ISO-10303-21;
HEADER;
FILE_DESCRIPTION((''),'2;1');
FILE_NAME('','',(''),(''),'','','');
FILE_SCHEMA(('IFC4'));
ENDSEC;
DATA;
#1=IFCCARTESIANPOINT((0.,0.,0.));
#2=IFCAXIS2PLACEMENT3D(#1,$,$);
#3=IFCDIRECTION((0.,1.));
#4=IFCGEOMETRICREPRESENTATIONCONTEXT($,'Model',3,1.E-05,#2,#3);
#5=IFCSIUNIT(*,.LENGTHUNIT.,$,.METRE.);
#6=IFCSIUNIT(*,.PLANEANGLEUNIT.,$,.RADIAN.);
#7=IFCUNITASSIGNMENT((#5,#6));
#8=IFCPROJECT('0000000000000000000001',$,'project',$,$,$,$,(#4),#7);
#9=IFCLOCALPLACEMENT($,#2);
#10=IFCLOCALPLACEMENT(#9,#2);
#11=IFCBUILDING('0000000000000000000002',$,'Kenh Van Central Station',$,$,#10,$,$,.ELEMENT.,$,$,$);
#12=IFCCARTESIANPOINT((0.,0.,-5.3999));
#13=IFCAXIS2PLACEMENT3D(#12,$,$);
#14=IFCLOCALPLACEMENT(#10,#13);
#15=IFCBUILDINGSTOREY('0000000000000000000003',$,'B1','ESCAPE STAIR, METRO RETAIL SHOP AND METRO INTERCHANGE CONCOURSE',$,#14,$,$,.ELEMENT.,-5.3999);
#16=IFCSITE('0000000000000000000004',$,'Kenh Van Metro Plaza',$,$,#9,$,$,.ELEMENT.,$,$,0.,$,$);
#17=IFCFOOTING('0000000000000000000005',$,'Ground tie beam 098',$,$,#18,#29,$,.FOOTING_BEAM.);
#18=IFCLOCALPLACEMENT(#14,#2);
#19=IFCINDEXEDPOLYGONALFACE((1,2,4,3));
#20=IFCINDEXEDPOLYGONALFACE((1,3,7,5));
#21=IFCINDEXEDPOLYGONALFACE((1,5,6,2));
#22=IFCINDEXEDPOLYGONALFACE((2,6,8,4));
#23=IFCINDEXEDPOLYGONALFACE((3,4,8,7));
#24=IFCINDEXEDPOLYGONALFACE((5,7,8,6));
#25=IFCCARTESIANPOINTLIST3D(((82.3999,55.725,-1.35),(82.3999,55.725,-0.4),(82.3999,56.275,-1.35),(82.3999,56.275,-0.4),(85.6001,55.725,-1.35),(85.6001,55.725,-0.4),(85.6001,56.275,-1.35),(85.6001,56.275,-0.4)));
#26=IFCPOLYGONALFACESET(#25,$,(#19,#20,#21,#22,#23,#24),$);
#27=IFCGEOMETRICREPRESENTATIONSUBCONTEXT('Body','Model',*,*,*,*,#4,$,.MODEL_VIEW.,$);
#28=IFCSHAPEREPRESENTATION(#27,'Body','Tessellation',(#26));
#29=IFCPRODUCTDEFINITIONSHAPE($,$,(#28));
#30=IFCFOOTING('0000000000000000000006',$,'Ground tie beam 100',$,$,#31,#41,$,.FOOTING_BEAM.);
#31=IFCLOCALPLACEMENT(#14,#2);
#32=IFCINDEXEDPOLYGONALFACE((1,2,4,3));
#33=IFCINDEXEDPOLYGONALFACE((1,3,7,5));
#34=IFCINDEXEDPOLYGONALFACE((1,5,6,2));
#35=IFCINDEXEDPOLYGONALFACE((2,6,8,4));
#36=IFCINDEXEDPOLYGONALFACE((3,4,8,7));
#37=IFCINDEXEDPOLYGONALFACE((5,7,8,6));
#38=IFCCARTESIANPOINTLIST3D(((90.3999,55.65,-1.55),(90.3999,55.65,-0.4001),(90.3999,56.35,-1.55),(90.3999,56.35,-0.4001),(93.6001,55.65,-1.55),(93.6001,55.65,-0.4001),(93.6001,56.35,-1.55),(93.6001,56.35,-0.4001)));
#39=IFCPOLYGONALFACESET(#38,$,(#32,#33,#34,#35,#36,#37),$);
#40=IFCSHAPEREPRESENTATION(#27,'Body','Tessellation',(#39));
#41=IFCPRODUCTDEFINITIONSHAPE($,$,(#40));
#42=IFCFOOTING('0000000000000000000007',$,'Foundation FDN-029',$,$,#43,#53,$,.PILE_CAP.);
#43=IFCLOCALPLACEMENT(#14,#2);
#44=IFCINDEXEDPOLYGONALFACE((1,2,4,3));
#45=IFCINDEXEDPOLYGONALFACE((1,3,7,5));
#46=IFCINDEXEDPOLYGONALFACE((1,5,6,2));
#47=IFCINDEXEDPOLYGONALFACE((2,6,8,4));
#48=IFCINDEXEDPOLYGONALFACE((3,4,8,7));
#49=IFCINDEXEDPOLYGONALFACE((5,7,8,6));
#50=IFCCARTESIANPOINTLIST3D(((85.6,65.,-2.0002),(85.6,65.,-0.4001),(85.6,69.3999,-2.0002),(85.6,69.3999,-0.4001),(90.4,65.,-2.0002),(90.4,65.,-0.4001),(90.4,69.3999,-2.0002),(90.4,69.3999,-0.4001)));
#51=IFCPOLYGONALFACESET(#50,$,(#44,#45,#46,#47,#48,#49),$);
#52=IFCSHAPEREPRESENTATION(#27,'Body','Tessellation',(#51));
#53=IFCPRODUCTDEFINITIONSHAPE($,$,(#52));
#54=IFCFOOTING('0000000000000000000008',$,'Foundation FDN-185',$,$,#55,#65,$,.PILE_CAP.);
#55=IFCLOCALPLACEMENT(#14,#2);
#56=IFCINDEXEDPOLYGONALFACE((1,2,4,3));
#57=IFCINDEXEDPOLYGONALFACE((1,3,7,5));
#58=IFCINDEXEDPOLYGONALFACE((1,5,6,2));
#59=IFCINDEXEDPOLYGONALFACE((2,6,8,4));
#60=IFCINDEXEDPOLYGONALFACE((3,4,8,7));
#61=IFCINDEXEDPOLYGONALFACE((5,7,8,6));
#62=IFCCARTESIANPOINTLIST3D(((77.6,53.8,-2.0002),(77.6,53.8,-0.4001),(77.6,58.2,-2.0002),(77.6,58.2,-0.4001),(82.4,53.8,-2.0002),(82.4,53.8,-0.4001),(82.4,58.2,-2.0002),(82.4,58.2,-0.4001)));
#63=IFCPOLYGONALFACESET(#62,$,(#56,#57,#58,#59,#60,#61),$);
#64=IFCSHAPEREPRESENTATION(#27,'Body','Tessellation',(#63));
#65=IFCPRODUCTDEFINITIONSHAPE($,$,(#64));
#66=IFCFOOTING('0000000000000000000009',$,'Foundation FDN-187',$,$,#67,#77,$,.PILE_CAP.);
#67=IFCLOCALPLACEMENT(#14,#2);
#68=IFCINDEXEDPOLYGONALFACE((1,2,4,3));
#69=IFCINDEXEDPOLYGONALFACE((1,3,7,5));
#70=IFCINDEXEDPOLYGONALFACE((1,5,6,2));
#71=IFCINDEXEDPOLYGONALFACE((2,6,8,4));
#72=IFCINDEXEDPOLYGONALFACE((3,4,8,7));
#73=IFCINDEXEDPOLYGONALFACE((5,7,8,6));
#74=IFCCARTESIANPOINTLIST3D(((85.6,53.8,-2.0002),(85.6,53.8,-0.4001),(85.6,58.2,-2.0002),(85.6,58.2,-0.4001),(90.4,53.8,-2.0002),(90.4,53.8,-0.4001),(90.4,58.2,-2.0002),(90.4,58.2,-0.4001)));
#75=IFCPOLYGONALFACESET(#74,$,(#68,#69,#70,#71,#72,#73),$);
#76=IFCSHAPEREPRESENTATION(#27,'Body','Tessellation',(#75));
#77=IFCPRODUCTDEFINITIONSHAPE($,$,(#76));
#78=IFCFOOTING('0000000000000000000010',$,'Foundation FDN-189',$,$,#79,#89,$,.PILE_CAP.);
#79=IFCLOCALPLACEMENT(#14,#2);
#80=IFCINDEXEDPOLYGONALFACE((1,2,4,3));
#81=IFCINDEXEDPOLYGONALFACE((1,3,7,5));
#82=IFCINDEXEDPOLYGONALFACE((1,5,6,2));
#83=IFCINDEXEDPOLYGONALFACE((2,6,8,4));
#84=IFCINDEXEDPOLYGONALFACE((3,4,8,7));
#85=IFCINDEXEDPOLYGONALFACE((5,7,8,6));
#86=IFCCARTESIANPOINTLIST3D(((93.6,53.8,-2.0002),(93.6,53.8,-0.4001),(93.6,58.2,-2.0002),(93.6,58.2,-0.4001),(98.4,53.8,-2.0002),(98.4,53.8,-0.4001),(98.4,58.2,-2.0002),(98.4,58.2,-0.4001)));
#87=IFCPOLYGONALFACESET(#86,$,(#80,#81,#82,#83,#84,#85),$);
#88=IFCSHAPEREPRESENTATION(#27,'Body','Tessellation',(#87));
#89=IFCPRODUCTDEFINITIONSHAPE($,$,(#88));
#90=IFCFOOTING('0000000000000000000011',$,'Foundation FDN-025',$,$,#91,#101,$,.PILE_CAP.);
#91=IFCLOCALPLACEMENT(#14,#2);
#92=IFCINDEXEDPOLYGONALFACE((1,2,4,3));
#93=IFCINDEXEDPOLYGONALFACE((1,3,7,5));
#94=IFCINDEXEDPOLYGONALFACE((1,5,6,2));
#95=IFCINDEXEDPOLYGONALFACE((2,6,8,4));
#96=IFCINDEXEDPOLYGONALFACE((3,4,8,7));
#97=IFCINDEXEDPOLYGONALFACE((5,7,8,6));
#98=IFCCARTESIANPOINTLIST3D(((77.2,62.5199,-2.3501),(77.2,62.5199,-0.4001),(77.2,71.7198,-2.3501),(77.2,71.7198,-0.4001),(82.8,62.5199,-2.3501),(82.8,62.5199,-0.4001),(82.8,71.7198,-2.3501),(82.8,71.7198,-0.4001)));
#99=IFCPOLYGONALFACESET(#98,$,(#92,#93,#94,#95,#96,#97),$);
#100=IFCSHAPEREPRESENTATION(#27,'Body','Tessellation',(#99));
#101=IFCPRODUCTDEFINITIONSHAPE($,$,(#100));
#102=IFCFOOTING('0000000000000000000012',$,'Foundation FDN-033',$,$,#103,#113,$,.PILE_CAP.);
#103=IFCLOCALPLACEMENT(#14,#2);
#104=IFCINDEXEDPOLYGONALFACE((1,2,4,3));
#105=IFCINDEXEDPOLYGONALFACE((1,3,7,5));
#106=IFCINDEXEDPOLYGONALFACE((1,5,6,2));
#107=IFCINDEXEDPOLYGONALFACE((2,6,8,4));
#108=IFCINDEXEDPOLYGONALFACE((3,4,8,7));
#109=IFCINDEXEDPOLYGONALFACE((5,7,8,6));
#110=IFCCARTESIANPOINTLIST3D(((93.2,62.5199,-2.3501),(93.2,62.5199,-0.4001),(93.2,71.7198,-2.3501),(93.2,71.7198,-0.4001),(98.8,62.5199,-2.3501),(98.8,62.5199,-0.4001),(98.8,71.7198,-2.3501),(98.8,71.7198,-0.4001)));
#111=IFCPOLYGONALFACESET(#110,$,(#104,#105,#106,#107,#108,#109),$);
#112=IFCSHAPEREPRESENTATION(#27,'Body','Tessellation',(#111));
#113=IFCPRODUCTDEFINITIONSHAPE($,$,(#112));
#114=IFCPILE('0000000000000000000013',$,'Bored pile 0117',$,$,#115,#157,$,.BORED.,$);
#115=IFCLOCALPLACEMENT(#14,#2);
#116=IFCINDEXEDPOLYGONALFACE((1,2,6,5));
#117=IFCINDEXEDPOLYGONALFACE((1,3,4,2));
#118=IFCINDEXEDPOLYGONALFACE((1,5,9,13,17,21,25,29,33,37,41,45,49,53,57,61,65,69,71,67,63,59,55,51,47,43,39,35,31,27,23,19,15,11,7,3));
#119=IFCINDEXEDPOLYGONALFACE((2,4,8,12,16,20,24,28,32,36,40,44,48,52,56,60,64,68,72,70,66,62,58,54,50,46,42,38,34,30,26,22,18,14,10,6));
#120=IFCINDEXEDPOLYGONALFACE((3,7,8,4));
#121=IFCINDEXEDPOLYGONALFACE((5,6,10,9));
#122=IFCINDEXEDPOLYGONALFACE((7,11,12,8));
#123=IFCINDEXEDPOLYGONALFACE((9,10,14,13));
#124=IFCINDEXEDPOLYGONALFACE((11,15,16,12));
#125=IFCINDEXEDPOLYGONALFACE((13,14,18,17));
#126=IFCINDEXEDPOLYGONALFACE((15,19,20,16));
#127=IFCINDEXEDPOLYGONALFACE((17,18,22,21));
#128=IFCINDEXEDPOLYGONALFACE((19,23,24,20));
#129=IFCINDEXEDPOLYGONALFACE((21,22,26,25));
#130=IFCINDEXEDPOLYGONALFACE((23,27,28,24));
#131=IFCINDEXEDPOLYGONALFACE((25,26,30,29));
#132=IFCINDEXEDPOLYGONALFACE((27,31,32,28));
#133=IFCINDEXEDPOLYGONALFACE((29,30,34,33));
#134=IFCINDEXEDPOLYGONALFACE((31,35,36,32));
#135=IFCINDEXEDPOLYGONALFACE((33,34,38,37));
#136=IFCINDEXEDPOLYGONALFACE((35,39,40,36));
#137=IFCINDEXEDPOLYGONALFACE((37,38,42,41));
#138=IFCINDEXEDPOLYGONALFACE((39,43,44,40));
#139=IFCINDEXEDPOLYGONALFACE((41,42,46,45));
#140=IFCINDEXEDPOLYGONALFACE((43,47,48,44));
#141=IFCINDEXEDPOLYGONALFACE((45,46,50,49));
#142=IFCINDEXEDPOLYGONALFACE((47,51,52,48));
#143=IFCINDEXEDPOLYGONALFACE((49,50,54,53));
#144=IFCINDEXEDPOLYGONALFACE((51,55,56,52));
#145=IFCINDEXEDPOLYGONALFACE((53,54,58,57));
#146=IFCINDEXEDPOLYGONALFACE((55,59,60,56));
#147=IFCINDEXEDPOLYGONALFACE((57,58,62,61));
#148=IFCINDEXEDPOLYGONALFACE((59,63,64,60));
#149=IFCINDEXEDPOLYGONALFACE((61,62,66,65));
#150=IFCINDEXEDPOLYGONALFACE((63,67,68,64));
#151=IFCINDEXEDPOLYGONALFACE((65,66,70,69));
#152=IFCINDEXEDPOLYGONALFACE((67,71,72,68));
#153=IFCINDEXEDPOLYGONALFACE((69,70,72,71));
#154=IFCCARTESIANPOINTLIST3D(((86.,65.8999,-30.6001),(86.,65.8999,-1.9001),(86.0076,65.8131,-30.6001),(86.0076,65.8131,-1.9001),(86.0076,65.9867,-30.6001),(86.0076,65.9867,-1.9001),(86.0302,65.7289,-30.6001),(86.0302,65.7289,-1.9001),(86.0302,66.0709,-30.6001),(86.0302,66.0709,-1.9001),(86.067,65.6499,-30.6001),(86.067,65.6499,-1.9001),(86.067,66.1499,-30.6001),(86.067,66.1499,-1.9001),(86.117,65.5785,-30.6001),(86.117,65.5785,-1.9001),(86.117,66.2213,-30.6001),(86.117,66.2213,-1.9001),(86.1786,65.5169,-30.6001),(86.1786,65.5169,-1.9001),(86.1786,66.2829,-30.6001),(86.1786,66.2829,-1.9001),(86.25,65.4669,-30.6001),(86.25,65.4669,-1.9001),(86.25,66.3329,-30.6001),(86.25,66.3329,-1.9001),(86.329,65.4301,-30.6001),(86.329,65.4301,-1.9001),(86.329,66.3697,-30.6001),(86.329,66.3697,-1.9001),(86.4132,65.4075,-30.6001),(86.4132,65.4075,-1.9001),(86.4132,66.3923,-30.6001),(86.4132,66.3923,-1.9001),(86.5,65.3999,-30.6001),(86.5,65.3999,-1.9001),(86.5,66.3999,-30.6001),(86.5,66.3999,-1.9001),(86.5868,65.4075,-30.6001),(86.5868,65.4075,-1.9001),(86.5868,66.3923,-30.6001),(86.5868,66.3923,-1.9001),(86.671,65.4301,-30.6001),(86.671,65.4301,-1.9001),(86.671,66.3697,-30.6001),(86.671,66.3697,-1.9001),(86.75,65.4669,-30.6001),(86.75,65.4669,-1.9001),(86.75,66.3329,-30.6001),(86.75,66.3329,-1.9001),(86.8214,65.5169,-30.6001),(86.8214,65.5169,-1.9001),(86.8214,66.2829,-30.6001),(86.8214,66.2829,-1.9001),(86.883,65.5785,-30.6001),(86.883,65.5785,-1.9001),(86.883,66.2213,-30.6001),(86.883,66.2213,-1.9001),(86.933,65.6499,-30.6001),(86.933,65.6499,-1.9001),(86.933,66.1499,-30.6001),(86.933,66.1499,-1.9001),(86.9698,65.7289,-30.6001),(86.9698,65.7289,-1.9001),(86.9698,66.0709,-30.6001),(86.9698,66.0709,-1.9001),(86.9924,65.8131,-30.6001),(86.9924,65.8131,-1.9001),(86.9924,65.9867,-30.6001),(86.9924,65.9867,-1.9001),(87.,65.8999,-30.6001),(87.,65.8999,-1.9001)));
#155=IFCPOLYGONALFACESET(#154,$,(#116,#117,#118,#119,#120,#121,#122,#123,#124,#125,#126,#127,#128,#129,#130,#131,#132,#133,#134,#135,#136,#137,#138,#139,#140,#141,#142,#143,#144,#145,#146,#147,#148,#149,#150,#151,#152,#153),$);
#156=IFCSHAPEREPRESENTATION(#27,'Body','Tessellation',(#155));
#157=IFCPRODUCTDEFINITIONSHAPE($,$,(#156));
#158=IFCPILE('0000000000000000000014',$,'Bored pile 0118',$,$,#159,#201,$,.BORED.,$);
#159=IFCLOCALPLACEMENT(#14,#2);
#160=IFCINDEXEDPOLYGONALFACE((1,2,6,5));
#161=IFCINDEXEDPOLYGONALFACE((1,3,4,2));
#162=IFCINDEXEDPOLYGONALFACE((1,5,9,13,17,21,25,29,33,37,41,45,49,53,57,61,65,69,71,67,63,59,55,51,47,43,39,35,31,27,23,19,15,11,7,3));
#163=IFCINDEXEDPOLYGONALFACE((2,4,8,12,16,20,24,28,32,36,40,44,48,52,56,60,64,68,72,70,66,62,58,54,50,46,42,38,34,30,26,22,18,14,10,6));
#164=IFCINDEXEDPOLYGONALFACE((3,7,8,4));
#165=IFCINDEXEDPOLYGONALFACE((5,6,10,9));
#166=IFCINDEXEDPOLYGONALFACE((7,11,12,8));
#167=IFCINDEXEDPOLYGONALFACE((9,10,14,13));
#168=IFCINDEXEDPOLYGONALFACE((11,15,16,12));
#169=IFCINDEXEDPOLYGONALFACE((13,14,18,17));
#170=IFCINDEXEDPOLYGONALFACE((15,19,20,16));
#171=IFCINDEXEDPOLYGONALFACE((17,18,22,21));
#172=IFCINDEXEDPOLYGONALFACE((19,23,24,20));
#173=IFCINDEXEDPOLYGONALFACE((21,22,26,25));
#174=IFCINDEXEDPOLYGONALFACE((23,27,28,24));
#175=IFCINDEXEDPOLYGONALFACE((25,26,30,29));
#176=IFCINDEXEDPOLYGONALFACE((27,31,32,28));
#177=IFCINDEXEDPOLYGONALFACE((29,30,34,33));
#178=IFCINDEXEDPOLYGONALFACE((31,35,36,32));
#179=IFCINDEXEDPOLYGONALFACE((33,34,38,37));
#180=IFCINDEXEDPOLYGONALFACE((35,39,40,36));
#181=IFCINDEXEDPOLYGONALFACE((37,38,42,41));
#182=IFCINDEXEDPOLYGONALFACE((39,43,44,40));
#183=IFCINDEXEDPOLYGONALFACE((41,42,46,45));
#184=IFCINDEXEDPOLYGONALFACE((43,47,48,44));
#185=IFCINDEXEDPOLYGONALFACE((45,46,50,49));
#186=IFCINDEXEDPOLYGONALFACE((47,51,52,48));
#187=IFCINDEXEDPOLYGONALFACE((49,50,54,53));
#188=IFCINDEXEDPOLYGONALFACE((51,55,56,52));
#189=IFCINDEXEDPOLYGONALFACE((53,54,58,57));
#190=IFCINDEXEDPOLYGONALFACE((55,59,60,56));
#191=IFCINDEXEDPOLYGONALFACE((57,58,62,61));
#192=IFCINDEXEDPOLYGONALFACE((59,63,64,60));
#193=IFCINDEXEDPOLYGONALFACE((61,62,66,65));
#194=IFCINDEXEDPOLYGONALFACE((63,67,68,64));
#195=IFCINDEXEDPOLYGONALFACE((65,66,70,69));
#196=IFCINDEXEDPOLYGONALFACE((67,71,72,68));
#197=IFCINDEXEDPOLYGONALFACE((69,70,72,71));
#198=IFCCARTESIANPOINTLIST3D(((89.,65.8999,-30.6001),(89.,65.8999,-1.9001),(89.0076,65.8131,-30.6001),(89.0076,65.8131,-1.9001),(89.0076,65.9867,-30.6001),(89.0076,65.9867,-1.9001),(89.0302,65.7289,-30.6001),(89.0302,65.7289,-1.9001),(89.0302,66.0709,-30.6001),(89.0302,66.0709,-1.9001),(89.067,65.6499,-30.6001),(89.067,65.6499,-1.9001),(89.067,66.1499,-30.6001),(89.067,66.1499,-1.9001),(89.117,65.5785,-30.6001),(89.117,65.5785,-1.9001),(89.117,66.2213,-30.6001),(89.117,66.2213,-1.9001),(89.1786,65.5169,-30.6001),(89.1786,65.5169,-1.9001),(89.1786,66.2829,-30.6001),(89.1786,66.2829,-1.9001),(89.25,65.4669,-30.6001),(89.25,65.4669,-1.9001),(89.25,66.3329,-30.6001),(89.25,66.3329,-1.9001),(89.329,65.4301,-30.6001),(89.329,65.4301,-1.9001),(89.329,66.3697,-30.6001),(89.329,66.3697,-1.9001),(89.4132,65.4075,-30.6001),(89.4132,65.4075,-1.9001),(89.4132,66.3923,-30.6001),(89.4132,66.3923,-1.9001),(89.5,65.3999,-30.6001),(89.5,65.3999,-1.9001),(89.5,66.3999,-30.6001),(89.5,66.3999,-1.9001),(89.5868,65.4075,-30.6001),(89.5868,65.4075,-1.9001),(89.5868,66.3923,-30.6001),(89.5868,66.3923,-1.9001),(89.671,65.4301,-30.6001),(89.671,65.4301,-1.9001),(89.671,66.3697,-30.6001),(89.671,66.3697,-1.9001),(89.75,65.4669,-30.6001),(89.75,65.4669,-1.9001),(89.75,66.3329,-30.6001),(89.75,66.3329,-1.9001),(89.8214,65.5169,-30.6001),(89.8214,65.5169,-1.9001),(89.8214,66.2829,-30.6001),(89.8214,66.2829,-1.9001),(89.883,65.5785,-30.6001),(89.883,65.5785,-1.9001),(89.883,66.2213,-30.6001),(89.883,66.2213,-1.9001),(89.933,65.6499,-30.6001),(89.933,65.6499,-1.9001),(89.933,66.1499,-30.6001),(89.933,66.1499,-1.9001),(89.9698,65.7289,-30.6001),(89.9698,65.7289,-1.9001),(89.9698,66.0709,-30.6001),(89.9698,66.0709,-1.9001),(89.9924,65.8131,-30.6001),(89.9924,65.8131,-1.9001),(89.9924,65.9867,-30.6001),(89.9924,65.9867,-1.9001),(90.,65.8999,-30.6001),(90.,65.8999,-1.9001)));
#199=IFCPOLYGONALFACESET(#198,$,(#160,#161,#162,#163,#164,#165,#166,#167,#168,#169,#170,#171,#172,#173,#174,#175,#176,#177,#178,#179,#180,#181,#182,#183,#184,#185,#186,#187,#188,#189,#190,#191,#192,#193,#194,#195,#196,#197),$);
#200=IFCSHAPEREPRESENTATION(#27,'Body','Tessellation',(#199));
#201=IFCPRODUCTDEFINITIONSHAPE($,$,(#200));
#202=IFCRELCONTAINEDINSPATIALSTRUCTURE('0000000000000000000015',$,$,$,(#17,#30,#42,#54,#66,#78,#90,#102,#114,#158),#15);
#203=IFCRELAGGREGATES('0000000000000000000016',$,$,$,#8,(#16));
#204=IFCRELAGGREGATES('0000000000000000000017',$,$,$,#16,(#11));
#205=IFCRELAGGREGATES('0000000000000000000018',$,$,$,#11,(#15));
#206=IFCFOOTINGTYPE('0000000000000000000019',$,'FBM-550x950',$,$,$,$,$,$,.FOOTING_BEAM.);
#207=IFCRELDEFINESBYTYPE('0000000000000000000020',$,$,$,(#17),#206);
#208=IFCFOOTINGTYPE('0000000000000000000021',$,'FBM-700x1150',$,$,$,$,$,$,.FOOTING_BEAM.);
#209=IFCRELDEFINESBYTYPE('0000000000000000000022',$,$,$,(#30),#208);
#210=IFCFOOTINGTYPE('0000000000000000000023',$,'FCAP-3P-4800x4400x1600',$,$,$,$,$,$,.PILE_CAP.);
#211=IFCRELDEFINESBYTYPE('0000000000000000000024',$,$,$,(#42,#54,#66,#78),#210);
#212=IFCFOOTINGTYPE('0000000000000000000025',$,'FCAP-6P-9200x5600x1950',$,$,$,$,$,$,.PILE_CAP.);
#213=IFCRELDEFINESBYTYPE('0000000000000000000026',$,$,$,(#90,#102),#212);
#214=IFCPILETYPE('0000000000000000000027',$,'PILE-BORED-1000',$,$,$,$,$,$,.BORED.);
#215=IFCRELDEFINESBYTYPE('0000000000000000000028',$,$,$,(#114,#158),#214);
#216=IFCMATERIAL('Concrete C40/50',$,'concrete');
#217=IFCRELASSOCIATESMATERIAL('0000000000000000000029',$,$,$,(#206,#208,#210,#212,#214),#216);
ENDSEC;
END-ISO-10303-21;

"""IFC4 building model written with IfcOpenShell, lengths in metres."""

from ifc_helpers import new_model, si_unit, direction, frame, origin, origin_2d, place, context, subcontext, project, spatial, rectangle, circle, extrude, material, material_profile, profile_set, type_object, element, save


model = new_model("IFC4")

# Units and contexts
model_context = context("Model", 3, precision=1e-05, world=origin(), true_north=direction((0.0, 1.0)))
body_context = subcontext(model_context, "Body", "Model", "MODEL_VIEW")
ifc_project = project(units=[si_unit("LENGTHUNIT", "METRE"), si_unit("PLANEANGLEUNIT", "RADIAN")], contexts=[model_context])

# Site, building, storey
site_placement = place(None, origin())
site = spatial("IfcSite", under=ifc_project, at=site_placement, Name="Kenh Van Metro Plaza", CompositionType="ELEMENT", RefElevation=0.0)
building_placement = place(site_placement, origin())
building = spatial("IfcBuilding", under=site, at=building_placement, Name="Kenh Van Central Station", CompositionType="ELEMENT")
storey_placement = place(building_placement, frame((0.0, 0.0, -5.3999)))
storey = spatial("IfcBuildingStorey", under=building, at=storey_placement, Name="B1", Description="ESCAPE STAIR, METRO RETAIL SHOP AND METRO INTERCHANGE CONCOURSE", CompositionType="ELEMENT", Elevation=-5.3999)

# Footings
ifc_material = material(Name="Concrete C40/50", Category="concrete")
ifc_material_profile_1 = material_profile(ifc_material, rectangle(XDim=0.55, YDim=0.95, at=origin_2d()), Name="RC 550x950")
ifc_profile_set_1 = profile_set([ifc_material_profile_1], Name="Concrete C40/50")
footing_type_1 = type_object("IfcFootingType", Name="FBM-550x950", PredefinedType="FOOTING_BEAM", material=ifc_profile_set_1)
footing_1_placement = place(storey_placement, frame((82.3999, 56.0, -0.875), z_axis=(1.0, 0.0, 0.0), x_axis=(0.0, 1.0, 0.0)))
element("IfcFooting", 1, at=footing_1_placement, inside=storey, type_object=footing_type_1, Name="Ground tie beam 098", PredefinedType="FOOTING_BEAM", context=body_context, shape_type="SweptSolid", body=[
    extrude(rectangle(XDim=0.55, YDim=0.95, at=origin_2d()), origin(), (0.0, 0.0, 1.0), 3.2002),
])
ifc_material_profile_2 = material_profile(ifc_material, rectangle(XDim=0.7, YDim=1.1499, at=origin_2d()), Name="RC 700x1150")
ifc_profile_set_2 = profile_set([ifc_material_profile_2], Name="Concrete C40/50")
footing_type_2 = type_object("IfcFootingType", Name="FBM-700x1150", PredefinedType="FOOTING_BEAM", material=ifc_profile_set_2)
footing_2_placement = place(storey_placement, frame((90.3999, 56.0, -0.9751), z_axis=(1.0, 0.0, 0.0), x_axis=(0.0, 1.0, 0.0)))
element("IfcFooting", 2, at=footing_2_placement, inside=storey, type_object=footing_type_2, Name="Ground tie beam 100", PredefinedType="FOOTING_BEAM", context=body_context, shape_type="SweptSolid", body=[
    extrude(rectangle(XDim=0.7, YDim=1.1499, at=origin_2d()), origin(), (0.0, 0.0, 1.0), 3.2002),
])
footing_type_3 = type_object("IfcFootingType", Name="FCAP-3P-4800x4400x1600", PredefinedType="PILE_CAP", material=ifc_material)
for number, where, z_axis, x_axis, name in (
    (3, (88.0, 67.2, -2.0002), (0.0, 0.0, 1.0), (1.0, 0.0, 0.0), "Foundation FDN-029"),
    (4, (80.0, 56.0, -2.0002), (0.0, 0.0, 1.0), (1.0, 0.0, 0.0), "Foundation FDN-185"),
    (5, (88.0, 56.0, -2.0002), (0.0, 0.0, 1.0), (1.0, 0.0, 0.0), "Foundation FDN-187"),
    (6, (96.0, 56.0, -2.0002), (0.0, 0.0, 1.0), (1.0, 0.0, 0.0), "Foundation FDN-189"),
):
    element("IfcFooting", number, at=place(storey_placement, frame(where, z_axis=z_axis, x_axis=x_axis)), inside=storey, type_object=footing_type_3, Name=name, PredefinedType="PILE_CAP", context=body_context, shape_type="SweptSolid", body=[
        extrude(rectangle(XDim=4.8, YDim=4.3999, at=origin_2d()), origin(), (0.0, 0.0, 1.0), 1.6001),
    ])
footing_type_4 = type_object("IfcFootingType", Name="FCAP-6P-9200x5600x1950", PredefinedType="PILE_CAP", material=ifc_material)
for number, where, z_axis, x_axis, name in (
    (7, (80.0, 67.1199, -2.3501), (0.0, 0.0, 1.0), (0.0, 1.0, 0.0), "Foundation FDN-025"),
    (8, (96.0, 67.1199, -2.3501), (0.0, 0.0, 1.0), (0.0, 1.0, 0.0), "Foundation FDN-033"),
):
    element("IfcFooting", number, at=place(storey_placement, frame(where, z_axis=z_axis, x_axis=x_axis)), inside=storey, type_object=footing_type_4, Name=name, PredefinedType="PILE_CAP", context=body_context, shape_type="SweptSolid", body=[
        extrude(rectangle(XDim=9.2, YDim=5.6001, at=origin_2d()), origin(), (0.0, 0.0, 1.0), 1.95),
    ])

# Piles
ifc_material_profile_3 = material_profile(ifc_material, circle(Radius=0.5, at=origin_2d()), Name="PILE D1000")
ifc_profile_set_3 = profile_set([ifc_material_profile_3], Name="Concrete C40/50")
pile_type_1 = type_object("IfcPileType", Name="PILE-BORED-1000", PredefinedType="BORED", material=ifc_profile_set_3)
for number, where, z_axis, x_axis, name in (
    (9, (86.5, 65.8999, -1.9001), (0.0, 0.0, -1.0), (1.0, 0.0, 0.0), "Bored pile 0117"),
    (10, (89.5, 65.8999, -1.9001), (0.0, 0.0, -1.0), (1.0, 0.0, 0.0), "Bored pile 0118"),
):
    element("IfcPile", number, at=place(storey_placement, frame(where, z_axis=z_axis, x_axis=x_axis)), inside=storey, type_object=pile_type_1, Name=name, PredefinedType="BORED", context=body_context, shape_type="SweptSolid", body=[
        extrude(circle(Radius=0.5, at=origin_2d()), origin(), (0.0, 0.0, 1.0), 28.7),
    ])

save(model, "model.ifc")
